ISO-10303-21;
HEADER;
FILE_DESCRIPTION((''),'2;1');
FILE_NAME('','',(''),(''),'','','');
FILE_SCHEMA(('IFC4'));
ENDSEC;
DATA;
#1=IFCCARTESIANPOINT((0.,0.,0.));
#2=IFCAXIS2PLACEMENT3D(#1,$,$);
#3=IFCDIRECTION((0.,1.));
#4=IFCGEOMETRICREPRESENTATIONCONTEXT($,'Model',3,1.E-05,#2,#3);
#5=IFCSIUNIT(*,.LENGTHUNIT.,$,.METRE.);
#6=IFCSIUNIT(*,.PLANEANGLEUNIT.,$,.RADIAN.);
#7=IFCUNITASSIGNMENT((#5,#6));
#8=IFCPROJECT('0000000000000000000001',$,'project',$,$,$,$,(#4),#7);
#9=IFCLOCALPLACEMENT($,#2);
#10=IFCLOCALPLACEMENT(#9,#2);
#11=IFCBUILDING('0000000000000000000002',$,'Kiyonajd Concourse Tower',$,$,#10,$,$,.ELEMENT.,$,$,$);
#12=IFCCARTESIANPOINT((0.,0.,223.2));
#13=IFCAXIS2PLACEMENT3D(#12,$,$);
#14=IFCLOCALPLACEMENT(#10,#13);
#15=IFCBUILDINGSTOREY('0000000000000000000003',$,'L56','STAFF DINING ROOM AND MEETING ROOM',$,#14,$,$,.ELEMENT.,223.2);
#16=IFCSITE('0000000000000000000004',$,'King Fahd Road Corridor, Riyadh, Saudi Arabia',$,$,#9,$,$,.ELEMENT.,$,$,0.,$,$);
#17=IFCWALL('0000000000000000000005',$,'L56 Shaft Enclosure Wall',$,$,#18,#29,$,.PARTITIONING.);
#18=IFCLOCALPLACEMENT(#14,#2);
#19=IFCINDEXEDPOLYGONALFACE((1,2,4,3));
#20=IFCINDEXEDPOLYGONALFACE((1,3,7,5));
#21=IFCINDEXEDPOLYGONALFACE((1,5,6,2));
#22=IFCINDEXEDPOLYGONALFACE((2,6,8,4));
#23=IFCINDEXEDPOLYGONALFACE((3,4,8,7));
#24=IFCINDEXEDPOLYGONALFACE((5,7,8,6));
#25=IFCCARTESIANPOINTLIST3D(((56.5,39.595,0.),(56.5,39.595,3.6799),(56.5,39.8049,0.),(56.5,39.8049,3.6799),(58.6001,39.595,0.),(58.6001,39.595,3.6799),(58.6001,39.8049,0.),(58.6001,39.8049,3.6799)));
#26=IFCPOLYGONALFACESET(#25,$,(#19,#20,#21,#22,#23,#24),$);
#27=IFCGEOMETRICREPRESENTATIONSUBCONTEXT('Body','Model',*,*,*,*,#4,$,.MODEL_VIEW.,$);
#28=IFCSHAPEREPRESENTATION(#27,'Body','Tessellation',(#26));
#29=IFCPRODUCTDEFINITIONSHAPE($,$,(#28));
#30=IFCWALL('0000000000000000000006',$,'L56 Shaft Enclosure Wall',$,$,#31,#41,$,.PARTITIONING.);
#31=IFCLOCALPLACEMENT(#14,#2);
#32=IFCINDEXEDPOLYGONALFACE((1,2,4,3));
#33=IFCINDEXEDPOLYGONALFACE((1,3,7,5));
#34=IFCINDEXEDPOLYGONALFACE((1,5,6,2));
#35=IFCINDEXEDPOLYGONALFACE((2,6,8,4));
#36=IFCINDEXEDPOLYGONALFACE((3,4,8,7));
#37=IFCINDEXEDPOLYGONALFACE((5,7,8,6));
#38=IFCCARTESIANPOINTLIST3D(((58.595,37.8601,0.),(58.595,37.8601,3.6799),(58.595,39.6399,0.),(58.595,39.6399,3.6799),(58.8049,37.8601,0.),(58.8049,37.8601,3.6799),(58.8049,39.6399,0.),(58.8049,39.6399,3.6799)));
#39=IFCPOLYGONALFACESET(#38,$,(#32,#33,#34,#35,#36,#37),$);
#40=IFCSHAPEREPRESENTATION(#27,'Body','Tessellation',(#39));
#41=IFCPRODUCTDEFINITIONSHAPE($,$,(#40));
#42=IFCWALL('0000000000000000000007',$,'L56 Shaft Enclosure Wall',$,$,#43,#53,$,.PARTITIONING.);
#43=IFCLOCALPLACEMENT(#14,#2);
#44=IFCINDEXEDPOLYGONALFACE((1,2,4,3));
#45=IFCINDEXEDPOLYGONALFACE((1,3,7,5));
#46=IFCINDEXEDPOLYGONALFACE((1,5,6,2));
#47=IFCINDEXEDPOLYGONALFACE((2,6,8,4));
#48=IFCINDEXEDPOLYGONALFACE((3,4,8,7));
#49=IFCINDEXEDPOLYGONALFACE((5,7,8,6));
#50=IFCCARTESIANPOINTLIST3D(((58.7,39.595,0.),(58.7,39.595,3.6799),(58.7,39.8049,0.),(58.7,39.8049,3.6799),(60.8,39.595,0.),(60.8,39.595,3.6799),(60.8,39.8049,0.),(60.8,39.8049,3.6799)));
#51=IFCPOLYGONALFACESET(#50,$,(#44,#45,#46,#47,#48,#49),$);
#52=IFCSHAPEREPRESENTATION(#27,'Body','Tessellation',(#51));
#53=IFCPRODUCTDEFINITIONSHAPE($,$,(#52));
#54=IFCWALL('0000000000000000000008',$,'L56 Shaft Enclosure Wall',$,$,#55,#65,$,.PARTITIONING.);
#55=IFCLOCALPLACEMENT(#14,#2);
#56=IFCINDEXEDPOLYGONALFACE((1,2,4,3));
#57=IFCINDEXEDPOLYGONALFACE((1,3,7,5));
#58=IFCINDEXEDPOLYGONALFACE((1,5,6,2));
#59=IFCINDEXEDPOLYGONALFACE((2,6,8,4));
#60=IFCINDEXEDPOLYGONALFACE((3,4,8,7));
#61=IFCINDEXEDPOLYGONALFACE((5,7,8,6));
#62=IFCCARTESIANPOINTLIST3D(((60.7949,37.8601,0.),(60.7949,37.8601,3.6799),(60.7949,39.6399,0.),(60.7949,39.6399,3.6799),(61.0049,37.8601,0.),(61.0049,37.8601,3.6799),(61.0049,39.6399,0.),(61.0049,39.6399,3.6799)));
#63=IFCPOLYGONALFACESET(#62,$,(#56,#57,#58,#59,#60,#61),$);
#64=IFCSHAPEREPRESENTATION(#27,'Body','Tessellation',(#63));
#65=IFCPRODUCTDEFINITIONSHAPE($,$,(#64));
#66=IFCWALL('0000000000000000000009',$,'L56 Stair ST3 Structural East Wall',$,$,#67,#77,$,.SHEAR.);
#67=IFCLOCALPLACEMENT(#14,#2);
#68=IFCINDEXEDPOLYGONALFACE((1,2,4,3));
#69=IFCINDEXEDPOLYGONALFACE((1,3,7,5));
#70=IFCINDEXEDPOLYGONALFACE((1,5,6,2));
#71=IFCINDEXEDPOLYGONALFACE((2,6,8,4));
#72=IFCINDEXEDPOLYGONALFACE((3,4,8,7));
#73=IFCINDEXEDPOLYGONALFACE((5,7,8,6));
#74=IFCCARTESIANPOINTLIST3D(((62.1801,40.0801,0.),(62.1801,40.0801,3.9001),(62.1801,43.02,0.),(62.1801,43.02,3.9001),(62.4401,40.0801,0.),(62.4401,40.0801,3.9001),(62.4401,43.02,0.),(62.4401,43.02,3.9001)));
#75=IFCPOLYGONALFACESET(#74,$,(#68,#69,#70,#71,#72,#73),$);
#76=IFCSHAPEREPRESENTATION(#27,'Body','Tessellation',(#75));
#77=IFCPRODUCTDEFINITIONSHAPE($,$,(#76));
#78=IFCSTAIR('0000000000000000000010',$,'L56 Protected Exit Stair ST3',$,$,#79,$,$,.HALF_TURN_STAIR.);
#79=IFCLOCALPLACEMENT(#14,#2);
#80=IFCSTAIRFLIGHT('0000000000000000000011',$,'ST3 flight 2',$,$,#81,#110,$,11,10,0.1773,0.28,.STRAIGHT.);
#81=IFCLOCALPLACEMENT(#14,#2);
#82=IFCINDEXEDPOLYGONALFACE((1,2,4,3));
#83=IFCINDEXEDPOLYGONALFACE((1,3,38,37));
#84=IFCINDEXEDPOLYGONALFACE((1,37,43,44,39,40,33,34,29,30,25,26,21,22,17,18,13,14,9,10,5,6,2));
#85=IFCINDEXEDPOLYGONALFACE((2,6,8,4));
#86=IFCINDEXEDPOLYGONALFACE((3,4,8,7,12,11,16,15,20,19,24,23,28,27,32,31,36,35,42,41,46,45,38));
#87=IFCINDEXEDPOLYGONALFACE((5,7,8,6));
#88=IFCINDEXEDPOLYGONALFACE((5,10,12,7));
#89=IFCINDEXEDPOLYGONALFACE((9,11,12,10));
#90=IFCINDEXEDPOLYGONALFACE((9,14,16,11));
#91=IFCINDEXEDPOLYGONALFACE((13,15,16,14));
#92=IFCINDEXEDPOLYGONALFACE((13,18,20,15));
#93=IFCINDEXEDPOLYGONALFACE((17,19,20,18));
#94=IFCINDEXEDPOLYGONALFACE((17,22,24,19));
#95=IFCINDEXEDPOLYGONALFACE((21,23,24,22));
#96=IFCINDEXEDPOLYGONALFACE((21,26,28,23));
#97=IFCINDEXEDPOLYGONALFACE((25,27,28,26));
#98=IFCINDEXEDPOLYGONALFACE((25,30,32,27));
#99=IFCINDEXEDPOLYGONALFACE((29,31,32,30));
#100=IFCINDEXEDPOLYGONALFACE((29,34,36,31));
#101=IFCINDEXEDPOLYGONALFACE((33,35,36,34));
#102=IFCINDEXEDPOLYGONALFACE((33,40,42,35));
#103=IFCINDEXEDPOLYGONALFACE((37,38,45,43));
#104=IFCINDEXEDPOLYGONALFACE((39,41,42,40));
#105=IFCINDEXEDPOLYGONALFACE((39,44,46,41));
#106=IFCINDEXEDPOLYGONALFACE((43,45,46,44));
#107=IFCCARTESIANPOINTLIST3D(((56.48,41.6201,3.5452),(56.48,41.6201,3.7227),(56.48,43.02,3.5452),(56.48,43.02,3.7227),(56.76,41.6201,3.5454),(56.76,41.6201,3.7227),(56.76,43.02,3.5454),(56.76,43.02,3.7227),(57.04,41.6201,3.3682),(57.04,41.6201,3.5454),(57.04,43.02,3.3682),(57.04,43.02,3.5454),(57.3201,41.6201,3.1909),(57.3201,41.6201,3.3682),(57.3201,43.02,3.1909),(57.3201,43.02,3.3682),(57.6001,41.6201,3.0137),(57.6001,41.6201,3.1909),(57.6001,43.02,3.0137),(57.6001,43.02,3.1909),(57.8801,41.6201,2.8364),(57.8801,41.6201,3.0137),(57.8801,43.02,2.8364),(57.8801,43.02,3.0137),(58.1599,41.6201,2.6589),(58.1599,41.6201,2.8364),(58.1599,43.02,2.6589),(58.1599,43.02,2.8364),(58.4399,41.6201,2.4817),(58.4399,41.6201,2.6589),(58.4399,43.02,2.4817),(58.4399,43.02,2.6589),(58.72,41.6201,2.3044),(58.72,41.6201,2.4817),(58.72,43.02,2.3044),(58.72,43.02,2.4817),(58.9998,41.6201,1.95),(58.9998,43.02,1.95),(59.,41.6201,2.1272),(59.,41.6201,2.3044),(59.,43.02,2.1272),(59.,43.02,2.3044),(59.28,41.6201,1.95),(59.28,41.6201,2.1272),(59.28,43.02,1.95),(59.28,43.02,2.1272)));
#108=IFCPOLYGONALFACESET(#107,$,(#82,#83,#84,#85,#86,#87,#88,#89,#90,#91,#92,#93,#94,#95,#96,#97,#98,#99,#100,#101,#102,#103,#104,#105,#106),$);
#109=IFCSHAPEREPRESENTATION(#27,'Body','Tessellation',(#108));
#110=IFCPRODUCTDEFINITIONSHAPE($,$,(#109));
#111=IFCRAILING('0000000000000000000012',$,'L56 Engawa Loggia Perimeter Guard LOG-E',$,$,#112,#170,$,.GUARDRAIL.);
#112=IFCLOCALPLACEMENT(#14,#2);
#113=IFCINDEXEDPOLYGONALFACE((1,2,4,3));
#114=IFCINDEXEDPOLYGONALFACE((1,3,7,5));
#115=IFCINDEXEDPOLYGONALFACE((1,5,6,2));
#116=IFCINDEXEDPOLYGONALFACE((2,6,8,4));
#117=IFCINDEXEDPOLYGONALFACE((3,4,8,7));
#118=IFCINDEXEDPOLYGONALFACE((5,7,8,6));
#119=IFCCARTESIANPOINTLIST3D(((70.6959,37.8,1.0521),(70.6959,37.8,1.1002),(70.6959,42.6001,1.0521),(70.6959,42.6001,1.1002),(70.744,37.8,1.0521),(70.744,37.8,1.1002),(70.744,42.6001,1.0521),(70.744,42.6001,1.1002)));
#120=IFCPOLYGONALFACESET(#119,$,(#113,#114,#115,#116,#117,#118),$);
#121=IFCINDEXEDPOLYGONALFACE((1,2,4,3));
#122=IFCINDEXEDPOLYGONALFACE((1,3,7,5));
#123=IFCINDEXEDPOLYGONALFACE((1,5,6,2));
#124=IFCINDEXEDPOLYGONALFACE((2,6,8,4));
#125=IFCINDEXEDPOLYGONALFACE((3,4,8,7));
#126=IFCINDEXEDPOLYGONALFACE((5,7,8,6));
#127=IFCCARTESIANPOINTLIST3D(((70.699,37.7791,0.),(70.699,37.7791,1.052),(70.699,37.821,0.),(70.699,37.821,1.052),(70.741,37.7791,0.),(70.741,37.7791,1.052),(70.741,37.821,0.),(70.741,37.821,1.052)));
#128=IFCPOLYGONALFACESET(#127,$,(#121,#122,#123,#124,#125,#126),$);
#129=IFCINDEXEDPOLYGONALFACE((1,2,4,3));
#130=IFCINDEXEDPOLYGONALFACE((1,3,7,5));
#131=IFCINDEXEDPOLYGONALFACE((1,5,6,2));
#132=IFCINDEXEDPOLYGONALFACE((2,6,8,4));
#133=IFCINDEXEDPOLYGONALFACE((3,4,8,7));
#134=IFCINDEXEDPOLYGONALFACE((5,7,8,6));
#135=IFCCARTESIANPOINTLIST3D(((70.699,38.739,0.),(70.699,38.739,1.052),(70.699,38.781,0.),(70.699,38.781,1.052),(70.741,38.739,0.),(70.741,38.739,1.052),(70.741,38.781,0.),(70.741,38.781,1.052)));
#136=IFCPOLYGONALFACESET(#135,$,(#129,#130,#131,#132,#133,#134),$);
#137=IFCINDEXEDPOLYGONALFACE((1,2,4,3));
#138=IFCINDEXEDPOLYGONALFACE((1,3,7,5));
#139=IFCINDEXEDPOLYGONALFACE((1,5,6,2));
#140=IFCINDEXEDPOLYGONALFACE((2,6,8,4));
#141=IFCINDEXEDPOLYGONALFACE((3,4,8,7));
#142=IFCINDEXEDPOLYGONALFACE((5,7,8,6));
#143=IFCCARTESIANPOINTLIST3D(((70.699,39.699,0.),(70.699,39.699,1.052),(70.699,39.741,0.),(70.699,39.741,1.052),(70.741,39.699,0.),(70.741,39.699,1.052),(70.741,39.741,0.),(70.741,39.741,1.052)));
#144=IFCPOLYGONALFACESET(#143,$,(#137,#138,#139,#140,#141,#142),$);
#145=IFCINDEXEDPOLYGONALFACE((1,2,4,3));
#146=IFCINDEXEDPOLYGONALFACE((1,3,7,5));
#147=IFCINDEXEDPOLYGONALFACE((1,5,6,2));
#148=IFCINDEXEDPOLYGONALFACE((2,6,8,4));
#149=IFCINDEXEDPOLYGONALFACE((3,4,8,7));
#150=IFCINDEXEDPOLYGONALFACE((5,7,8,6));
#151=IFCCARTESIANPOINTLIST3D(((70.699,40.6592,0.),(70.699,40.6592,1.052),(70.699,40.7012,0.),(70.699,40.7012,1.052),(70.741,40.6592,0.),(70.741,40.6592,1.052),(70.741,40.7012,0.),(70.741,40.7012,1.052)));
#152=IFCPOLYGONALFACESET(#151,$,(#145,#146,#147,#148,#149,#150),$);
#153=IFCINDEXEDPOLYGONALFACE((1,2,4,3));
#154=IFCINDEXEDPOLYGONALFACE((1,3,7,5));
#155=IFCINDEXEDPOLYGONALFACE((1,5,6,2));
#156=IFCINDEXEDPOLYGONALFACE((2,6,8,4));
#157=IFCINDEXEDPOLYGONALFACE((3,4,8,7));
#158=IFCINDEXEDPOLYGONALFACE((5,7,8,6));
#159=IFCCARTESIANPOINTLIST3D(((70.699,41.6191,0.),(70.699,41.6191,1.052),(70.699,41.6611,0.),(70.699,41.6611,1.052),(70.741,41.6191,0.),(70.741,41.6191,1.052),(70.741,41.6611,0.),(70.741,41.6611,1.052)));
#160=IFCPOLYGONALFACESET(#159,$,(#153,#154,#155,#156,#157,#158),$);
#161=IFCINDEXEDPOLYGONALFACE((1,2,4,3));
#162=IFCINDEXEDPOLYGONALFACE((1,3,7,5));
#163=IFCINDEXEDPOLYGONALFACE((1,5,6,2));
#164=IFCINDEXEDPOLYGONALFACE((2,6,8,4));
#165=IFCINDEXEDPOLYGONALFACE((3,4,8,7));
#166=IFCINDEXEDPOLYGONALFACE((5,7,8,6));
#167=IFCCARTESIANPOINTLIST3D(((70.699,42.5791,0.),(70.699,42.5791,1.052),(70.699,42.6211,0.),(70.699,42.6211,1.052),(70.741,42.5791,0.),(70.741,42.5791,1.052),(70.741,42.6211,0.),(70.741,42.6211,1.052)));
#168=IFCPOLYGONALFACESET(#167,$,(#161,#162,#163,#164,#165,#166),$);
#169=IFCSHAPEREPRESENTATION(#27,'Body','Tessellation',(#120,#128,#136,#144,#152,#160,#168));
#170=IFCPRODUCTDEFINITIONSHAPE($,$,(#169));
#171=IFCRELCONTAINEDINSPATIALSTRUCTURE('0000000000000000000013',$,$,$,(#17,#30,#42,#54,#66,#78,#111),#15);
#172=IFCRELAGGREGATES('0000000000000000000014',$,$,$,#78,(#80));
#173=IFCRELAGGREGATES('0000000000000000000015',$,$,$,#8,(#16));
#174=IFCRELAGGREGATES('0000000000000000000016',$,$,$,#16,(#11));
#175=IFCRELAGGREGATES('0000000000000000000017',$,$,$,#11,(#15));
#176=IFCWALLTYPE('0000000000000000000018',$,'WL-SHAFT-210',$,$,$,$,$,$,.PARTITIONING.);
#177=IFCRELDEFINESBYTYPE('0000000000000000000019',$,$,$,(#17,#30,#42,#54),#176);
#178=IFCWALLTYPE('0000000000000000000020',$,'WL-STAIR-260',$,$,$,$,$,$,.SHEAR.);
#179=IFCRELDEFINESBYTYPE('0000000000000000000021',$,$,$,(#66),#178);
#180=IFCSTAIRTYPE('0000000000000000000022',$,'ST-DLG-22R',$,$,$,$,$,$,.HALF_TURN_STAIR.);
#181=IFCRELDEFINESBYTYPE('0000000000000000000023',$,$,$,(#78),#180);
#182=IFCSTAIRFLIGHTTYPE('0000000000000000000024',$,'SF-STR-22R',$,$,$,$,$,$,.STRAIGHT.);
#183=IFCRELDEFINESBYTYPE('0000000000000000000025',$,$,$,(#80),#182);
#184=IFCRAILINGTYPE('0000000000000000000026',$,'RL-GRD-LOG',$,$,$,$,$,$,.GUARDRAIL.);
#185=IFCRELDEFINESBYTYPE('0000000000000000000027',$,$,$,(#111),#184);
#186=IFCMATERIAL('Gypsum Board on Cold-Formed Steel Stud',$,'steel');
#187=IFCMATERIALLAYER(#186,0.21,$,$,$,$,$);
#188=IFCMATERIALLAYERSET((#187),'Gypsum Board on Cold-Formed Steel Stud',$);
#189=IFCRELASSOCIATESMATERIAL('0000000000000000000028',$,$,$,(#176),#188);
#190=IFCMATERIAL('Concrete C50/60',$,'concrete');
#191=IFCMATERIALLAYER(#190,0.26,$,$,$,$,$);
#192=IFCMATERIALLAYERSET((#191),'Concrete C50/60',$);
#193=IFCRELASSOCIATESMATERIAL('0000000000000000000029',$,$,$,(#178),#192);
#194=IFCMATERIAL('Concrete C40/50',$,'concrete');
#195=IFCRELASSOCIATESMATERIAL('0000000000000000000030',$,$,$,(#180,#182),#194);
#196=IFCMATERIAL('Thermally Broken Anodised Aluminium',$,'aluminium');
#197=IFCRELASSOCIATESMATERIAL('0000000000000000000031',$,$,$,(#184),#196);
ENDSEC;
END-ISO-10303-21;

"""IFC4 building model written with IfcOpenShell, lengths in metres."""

from ifc_helpers import new_model, si_unit, direction, frame, frame_2d, origin, origin_2d, place, context, subcontext, project, spatial, polyline, rectangle, outline, extrude, material, layer, layer_set, type_object, element, aggregate, save


model = new_model("IFC4")

# Units and contexts
model_context = context("Model", 3, precision=1e-05, world=origin(), true_north=direction((0.0, 1.0)))
body_context = subcontext(model_context, "Body", "Model", "MODEL_VIEW")
ifc_project = project(units=[si_unit("LENGTHUNIT", "METRE"), si_unit("PLANEANGLEUNIT", "RADIAN")], contexts=[model_context])

# Site, building, storey
site_placement = place(None, origin())
site = spatial("IfcSite", under=ifc_project, at=site_placement, Name="King Fahd Road Corridor, Riyadh, Saudi Arabia", CompositionType="ELEMENT", RefElevation=0.0)
building_placement = place(site_placement, origin())
building = spatial("IfcBuilding", under=site, at=building_placement, Name="Kiyonajd Concourse Tower", CompositionType="ELEMENT")
storey_placement = place(building_placement, frame((0.0, 0.0, 223.2)))
storey = spatial("IfcBuildingStorey", under=building, at=storey_placement, Name="L56", Description="STAFF DINING ROOM AND MEETING ROOM", CompositionType="ELEMENT", Elevation=223.2)

# Shared definitions
ifc_material_1 = material(Name="Thermally Broken Anodised Aluminium", Category="aluminium")

# Walls
ifc_material_2 = material(Name="Gypsum Board on Cold-Formed Steel Stud", Category="steel")
ifc_layer_1 = layer(ifc_material_2, 0.21)
ifc_layer_set_1 = layer_set([ifc_layer_1], Name="Gypsum Board on Cold-Formed Steel Stud")
wall_type_1 = type_object("IfcWallType", Name="WL-SHAFT-210", PredefinedType="PARTITIONING", material=ifc_layer_set_1)
wall_1_placement = place(storey_placement, frame((56.5, 39.7, 0.0), z_axis=(0.0, 0.0, 1.0), x_axis=(1.0, 0.0, 0.0)))
element("IfcWall", 1, at=wall_1_placement, inside=storey, type_object=wall_type_1, Name="L56 Shaft Enclosure Wall", PredefinedType="PARTITIONING", context=body_context, shape_type="SweptSolid", body=[
    extrude(rectangle(XDim=2.1001, YDim=0.21, at=frame_2d((1.05, 0.0))), origin(), (0.0, 0.0, 1.0), 3.6799),
])
wall_2_placement = place(storey_placement, frame((58.7, 37.8601, 0.0), z_axis=(0.0, 0.0, 1.0), x_axis=(0.0, 1.0, 0.0)))
element("IfcWall", 2, at=wall_2_placement, inside=storey, type_object=wall_type_1, Name="L56 Shaft Enclosure Wall", PredefinedType="PARTITIONING", context=body_context, shape_type="SweptSolid", body=[
    extrude(rectangle(XDim=1.7798, YDim=0.21, at=frame_2d((0.8899, 0.0))), origin(), (0.0, 0.0, 1.0), 3.6799),
])
wall_3_placement = place(storey_placement, frame((58.7, 39.7, 0.0), z_axis=(0.0, 0.0, 1.0), x_axis=(1.0, 0.0, 0.0)))
element("IfcWall", 3, at=wall_3_placement, inside=storey, type_object=wall_type_1, Name="L56 Shaft Enclosure Wall", PredefinedType="PARTITIONING", context=body_context, shape_type="SweptSolid", body=[
    extrude(rectangle(XDim=2.1001, YDim=0.21, at=frame_2d((1.05, 0.0))), origin(), (0.0, 0.0, 1.0), 3.6799),
])
wall_4_placement = place(storey_placement, frame((60.8999, 37.8601, 0.0), z_axis=(0.0, 0.0, 1.0), x_axis=(0.0, 1.0, 0.0)))
element("IfcWall", 4, at=wall_4_placement, inside=storey, type_object=wall_type_1, Name="L56 Shaft Enclosure Wall", PredefinedType="PARTITIONING", context=body_context, shape_type="SweptSolid", body=[
    extrude(rectangle(XDim=1.7798, YDim=0.21, at=frame_2d((0.8899, 0.0))), origin(), (0.0, 0.0, 1.0), 3.6799),
])
ifc_material_3 = material(Name="Concrete C50/60", Category="concrete")
ifc_layer_2 = layer(ifc_material_3, 0.26)
ifc_layer_set_2 = layer_set([ifc_layer_2], Name="Concrete C50/60")
wall_type_2 = type_object("IfcWallType", Name="WL-STAIR-260", PredefinedType="SHEAR", material=ifc_layer_set_2)
wall_5_placement = place(storey_placement, frame((62.3101, 40.0801, 0.0), z_axis=(0.0, 0.0, 1.0), x_axis=(0.0, 1.0, 0.0)))
element("IfcWall", 5, at=wall_5_placement, inside=storey, type_object=wall_type_2, Name="L56 Stair ST3 Structural East Wall", PredefinedType="SHEAR", context=body_context, shape_type="SweptSolid", body=[
    extrude(rectangle(XDim=2.9399, YDim=0.26, at=frame_2d((1.47, 0.0))), origin(), (0.0, 0.0, 1.0), 3.9001),
])

# Stair, stair flight
ifc_material_4 = material(Name="Concrete C40/50", Category="concrete")
stair_type = type_object("IfcStairType", Name="ST-DLG-22R", PredefinedType="HALF_TURN_STAIR", material=ifc_material_4)
stair_placement = place(storey_placement, origin())
stair = element("IfcStair", 6, at=stair_placement, inside=storey, type_object=stair_type, Name="L56 Protected Exit Stair ST3", PredefinedType="HALF_TURN_STAIR")
stair_flight_type = type_object("IfcStairFlightType", Name="SF-STR-22R", PredefinedType="STRAIGHT", material=ifc_material_4)
stair_flight_placement = place(storey_placement, frame((59.28, 42.3201, 1.95), z_axis=(0.0, 0.0, 1.0), x_axis=(-1.0, 0.0, 0.0)))
stair_flight = element("IfcStairFlight", 7, at=stair_flight_placement, type_object=stair_flight_type, Name="ST3 flight 2", NumberOfRisers=11, NumberOfTreads=10, PredefinedType="STRAIGHT", RiserHeight=0.1773, TreadLength=0.28, context=body_context, shape_type="SweptSolid", body=[
    extrude(outline(polyline([(0.0, 0.0), (0.0, 0.1772), (0.28, 0.1772), (0.28, 0.3545), (0.5601, 0.3545), (0.5601, 0.5317), (0.8401, 0.5317), (0.8401, 0.709), (1.1201, 0.709), (1.1201, 0.8865), (1.3999, 0.8865), (1.3999, 1.0637), (1.6799, 1.0637), (1.6799, 1.241), (1.96, 1.241), (1.96, 1.4182), (2.24, 1.4182), (2.24, 1.5955), (2.52, 1.5955), (2.52, 1.7727), (2.8, 1.7727), (2.8, 1.95), (2.8, 1.5952), (0.2803, 0.0), (0.0, 0.0)])), frame((0.0, 0.7, 0.0), z_axis=(0.0, -1.0, 0.0), x_axis=(1.0, 0.0, 0.0)), (0.0, 0.0, 1.0), 1.3999),
])
aggregate(stair, [stair_flight])

# Railing
railing_type_1 = type_object("IfcRailingType", Name="RL-GRD-LOG", PredefinedType="GUARDRAIL", material=ifc_material_1)
railing_1_placement = place(storey_placement, frame((70.72, 37.8, 0.0)))
element("IfcRailing", 8, at=railing_1_placement, inside=storey, type_object=railing_type_1, Name="L56 Engawa Loggia Perimeter Guard LOG-E", PredefinedType="GUARDRAIL", context=body_context, shape_type="SweptSolid", body=[
    extrude(rectangle(XDim=0.0481, YDim=0.0481, at=origin_2d()), frame((0.0, 0.0, 1.0762), z_axis=(0.0, 1.0, 0.0), x_axis=(-1.0, 0.0, 0.0)), (0.0, 0.0, 1.0), 4.8),
    extrude(rectangle(XDim=0.042, YDim=0.042, at=origin_2d()), origin(), (0.0, 0.0, 1.0), 1.052),
    extrude(rectangle(XDim=0.042, YDim=0.042, at=origin_2d()), frame((0.0, 0.96, 0.0)), (0.0, 0.0, 1.0), 1.052),
    extrude(rectangle(XDim=0.042, YDim=0.042, at=origin_2d()), frame((0.0, 1.9199, 0.0)), (0.0, 0.0, 1.0), 1.052),
    extrude(rectangle(XDim=0.042, YDim=0.042, at=origin_2d()), frame((0.0, 2.8801, 0.0)), (0.0, 0.0, 1.0), 1.052),
    extrude(rectangle(XDim=0.042, YDim=0.042, at=origin_2d()), frame((0.0, 3.8401, 0.0)), (0.0, 0.0, 1.0), 1.052),
    extrude(rectangle(XDim=0.042, YDim=0.042, at=origin_2d()), frame((0.0, 4.8, 0.0)), (0.0, 0.0, 1.0), 1.052),
])

save(model, "model.ifc")
